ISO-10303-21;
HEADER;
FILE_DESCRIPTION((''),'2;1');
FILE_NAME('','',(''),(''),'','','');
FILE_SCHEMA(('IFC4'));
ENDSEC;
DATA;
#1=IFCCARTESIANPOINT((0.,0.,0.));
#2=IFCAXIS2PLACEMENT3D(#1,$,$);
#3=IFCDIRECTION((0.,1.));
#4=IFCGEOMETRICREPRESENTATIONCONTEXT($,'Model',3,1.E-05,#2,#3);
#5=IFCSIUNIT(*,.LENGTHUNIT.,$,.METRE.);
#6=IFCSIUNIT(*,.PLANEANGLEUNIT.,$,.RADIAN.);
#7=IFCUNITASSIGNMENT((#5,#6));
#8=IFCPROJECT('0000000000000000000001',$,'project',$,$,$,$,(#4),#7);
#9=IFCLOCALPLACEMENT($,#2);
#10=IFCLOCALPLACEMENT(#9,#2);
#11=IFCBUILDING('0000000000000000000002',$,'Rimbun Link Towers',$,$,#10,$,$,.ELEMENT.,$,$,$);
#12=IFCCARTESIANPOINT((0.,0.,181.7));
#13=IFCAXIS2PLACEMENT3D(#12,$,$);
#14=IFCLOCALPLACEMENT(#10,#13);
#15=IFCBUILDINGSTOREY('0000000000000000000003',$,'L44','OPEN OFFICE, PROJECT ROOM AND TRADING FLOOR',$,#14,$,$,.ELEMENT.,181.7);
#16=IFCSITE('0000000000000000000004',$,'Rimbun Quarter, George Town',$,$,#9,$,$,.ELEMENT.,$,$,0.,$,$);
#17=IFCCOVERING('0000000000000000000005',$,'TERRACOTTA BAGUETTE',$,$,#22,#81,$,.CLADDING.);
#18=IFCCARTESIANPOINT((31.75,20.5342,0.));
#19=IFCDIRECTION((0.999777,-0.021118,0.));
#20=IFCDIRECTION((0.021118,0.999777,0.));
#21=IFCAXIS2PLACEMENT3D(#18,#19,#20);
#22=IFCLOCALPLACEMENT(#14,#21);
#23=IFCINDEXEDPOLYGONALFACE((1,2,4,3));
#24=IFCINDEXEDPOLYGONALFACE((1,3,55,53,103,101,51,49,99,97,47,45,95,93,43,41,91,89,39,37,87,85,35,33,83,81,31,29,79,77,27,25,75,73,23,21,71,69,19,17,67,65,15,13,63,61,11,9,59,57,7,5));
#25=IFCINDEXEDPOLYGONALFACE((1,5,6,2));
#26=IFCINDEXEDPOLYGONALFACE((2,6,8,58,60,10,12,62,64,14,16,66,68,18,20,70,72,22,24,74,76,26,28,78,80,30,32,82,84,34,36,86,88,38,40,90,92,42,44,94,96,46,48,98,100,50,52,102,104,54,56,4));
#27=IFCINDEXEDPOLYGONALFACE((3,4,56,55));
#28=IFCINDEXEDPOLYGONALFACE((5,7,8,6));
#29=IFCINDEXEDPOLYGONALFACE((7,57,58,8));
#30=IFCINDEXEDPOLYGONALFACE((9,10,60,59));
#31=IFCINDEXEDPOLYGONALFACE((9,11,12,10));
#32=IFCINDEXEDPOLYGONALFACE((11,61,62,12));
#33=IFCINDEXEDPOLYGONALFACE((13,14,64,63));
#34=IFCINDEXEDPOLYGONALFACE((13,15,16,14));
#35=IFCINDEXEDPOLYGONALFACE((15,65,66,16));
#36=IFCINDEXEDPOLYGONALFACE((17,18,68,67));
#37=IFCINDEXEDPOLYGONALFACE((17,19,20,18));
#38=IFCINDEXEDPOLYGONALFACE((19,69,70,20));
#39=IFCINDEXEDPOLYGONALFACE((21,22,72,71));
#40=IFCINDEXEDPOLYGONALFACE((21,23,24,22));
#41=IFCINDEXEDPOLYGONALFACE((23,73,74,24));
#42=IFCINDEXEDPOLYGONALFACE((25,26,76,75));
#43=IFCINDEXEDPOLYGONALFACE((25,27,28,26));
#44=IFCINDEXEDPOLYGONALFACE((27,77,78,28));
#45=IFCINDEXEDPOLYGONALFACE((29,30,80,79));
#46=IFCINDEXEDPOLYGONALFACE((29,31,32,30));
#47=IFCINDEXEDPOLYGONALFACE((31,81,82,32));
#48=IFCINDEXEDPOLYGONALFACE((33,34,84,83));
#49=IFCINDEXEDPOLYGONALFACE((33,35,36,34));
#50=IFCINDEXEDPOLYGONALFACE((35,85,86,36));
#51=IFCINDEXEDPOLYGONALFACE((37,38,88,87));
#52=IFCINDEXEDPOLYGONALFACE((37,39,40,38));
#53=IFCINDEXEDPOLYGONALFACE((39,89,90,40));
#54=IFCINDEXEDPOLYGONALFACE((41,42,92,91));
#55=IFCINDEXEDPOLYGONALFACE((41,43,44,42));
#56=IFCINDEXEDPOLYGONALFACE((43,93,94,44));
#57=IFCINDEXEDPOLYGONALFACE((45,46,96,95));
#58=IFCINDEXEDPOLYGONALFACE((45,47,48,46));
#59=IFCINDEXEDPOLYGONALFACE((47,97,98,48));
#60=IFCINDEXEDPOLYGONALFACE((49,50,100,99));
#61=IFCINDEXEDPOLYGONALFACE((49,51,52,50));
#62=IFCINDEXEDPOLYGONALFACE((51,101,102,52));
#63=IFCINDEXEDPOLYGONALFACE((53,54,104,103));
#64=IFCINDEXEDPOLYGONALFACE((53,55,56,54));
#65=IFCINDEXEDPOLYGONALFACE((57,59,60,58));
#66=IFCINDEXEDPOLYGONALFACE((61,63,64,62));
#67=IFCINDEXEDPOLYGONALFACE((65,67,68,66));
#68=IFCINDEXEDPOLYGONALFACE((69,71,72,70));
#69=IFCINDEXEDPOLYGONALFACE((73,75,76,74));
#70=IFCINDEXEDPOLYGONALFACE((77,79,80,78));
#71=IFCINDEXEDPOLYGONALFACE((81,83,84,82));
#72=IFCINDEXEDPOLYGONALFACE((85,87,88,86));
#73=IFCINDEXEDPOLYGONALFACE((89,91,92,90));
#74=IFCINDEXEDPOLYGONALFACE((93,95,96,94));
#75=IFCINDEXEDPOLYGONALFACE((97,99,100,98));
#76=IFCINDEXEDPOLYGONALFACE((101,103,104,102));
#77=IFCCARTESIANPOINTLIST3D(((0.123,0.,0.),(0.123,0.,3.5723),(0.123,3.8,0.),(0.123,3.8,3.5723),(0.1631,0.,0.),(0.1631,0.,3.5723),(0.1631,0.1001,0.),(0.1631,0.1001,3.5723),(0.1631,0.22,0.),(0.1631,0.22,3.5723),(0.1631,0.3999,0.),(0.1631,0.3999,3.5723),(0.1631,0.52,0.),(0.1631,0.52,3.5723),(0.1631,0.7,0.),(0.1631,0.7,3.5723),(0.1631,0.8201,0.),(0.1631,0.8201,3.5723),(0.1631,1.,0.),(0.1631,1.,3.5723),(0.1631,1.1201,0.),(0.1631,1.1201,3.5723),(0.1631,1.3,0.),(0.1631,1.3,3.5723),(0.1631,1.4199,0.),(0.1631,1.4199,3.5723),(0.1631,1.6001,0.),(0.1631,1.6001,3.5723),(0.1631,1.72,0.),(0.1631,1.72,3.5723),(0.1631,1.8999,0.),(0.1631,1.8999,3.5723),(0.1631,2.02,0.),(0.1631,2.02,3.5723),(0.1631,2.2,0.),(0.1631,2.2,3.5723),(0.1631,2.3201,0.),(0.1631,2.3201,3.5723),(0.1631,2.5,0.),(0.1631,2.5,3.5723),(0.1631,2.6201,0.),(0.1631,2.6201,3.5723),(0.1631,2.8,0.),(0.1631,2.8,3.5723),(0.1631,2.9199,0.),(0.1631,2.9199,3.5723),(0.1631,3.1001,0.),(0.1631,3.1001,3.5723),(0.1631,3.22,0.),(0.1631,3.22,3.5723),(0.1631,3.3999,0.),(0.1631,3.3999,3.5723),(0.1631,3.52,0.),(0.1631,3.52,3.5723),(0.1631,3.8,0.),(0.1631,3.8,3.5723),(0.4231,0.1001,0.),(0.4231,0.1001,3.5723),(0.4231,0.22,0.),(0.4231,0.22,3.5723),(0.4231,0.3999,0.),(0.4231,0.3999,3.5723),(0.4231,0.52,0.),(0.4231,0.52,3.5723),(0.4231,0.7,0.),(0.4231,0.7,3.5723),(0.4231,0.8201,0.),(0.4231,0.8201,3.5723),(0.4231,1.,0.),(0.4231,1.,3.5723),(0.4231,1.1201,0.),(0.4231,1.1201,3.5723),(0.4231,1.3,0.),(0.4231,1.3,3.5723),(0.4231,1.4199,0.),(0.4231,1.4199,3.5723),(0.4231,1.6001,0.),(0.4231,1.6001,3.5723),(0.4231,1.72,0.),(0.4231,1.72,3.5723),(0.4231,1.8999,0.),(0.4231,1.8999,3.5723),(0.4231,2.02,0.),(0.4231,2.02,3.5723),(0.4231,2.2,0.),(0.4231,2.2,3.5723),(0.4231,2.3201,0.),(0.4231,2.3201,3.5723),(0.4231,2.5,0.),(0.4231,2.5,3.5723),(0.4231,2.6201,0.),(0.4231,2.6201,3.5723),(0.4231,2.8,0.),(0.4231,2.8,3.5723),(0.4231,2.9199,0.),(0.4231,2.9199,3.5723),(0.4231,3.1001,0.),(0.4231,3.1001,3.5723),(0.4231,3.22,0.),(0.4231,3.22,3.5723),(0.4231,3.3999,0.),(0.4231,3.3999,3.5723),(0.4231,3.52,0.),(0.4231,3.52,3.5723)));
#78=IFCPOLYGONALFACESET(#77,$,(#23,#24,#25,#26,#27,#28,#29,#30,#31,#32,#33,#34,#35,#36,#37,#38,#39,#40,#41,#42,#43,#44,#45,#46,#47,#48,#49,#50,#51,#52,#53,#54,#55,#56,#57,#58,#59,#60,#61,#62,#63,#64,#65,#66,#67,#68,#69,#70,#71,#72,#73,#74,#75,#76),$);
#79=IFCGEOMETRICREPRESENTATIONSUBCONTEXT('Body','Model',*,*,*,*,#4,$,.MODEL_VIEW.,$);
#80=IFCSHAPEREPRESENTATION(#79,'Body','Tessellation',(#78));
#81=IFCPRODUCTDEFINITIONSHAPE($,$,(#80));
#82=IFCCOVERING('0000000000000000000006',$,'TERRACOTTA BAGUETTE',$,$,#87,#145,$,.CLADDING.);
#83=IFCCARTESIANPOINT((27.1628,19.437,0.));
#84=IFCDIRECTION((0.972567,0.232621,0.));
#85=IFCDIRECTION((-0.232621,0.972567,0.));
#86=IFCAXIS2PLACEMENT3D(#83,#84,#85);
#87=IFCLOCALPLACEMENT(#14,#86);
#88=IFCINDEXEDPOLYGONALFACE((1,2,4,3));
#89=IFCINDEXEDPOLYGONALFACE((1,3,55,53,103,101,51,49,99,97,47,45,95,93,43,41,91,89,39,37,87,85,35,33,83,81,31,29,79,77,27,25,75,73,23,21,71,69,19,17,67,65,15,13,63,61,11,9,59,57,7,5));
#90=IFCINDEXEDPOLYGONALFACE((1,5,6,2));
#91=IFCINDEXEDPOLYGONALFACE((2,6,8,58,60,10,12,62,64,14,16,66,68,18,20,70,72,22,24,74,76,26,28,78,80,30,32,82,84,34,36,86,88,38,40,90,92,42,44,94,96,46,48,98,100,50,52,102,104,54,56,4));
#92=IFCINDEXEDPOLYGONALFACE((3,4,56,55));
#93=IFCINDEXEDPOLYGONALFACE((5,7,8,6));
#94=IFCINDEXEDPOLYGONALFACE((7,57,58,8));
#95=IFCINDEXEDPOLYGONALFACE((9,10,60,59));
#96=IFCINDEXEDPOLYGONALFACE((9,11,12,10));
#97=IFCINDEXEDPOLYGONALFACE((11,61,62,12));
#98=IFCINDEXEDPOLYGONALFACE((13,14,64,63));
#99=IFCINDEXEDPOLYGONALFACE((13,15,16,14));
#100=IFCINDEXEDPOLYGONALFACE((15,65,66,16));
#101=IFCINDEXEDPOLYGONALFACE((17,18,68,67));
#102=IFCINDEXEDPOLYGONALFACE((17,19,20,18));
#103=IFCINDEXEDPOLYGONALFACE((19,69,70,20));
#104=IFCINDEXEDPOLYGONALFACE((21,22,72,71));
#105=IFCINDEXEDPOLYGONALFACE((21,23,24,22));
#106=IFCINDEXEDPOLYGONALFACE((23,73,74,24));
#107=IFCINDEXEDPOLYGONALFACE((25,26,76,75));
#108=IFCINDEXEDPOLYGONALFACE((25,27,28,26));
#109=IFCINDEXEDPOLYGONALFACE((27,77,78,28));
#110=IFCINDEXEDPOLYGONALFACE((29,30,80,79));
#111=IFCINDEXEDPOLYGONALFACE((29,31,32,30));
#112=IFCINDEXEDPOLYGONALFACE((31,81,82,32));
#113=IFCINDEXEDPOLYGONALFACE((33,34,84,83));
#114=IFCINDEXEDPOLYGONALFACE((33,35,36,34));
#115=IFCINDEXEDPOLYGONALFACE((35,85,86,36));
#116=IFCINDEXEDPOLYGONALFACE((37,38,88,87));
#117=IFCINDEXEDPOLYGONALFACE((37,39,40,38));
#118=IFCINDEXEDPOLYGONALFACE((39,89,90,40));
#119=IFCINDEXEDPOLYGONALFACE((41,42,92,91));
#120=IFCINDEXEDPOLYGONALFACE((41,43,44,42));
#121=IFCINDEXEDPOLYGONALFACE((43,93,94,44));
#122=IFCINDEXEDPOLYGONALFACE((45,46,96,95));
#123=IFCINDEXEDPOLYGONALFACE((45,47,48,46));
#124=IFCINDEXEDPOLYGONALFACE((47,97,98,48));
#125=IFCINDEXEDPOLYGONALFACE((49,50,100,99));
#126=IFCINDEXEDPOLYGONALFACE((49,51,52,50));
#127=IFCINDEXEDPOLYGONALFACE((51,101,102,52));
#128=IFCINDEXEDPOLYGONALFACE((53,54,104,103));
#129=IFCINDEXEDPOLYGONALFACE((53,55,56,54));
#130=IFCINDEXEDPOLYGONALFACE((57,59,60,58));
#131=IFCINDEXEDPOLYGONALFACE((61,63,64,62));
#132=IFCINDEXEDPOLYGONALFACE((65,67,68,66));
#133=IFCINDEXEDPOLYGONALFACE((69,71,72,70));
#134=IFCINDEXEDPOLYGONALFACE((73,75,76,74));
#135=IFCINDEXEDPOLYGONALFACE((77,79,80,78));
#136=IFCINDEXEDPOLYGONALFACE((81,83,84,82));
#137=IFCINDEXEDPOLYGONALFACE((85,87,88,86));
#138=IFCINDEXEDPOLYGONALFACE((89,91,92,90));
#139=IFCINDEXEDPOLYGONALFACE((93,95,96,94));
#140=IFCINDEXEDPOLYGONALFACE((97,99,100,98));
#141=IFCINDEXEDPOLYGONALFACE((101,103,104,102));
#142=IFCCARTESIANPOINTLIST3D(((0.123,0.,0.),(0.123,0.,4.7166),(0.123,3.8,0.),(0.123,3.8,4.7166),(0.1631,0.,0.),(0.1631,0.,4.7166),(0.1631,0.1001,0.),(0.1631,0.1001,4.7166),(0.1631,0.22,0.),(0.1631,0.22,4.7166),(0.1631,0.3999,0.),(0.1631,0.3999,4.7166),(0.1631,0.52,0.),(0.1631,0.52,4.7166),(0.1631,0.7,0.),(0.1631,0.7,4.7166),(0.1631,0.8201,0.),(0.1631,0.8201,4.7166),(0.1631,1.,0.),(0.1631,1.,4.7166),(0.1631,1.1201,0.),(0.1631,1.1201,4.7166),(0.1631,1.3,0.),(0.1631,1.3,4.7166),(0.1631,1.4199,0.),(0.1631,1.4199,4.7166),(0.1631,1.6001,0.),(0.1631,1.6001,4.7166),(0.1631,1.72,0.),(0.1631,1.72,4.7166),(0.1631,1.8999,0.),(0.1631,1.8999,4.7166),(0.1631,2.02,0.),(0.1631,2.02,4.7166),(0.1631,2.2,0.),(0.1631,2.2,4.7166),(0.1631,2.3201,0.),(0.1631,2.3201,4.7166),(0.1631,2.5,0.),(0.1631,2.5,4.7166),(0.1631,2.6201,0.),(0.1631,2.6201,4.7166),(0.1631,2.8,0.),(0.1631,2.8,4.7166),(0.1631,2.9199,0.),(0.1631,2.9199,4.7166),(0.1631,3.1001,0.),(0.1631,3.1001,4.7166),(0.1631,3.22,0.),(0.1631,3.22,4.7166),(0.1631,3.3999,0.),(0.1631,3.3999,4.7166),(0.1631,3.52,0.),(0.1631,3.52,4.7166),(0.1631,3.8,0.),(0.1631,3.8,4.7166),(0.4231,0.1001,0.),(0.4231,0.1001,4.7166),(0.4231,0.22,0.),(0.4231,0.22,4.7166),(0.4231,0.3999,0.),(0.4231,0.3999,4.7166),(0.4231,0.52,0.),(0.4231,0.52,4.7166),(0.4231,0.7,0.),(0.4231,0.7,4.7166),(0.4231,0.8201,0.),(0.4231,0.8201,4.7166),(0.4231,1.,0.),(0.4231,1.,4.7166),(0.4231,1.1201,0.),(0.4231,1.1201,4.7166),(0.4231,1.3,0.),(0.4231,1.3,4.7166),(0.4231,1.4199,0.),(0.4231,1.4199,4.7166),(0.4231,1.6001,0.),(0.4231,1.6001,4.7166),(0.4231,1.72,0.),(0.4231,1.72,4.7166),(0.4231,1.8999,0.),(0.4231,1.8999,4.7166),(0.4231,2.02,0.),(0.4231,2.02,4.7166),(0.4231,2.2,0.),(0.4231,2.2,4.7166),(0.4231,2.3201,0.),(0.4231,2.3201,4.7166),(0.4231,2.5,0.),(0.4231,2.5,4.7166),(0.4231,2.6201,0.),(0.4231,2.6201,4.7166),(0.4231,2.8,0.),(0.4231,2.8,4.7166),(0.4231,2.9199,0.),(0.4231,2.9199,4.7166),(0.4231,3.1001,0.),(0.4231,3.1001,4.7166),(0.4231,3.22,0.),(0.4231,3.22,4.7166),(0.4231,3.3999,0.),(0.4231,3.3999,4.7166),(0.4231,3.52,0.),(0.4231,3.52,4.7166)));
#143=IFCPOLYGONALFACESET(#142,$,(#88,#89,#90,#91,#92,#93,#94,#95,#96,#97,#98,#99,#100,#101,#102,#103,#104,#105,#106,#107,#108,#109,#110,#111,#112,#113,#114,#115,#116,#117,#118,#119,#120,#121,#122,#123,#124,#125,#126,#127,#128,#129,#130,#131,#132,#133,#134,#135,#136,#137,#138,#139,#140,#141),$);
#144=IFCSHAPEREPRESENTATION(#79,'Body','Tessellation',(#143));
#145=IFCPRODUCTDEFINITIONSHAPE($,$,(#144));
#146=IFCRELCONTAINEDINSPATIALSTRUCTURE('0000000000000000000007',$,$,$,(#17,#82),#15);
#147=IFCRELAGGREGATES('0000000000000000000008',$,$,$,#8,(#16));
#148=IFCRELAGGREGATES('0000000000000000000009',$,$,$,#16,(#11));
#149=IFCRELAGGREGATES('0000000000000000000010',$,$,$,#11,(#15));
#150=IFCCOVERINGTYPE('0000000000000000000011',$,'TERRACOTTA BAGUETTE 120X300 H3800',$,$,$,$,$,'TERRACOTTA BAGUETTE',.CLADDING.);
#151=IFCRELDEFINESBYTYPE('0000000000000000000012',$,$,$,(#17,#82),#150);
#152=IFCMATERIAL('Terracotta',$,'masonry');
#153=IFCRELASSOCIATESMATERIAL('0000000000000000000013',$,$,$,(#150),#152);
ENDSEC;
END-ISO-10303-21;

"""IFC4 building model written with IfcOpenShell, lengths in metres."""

from ifc_helpers import new_model, si_unit, direction, frame, origin, place, context, subcontext, project, spatial, polyline, outline, extrude, material, material_profile, profile_set, type_object, element, save


model = new_model("IFC4")

# Units and contexts
model_context = context("Model", 3, precision=1e-05, world=origin(), true_north=direction((0.0, 1.0)))
body_context = subcontext(model_context, "Body", "Model", "MODEL_VIEW")
ifc_project = project(units=[si_unit("LENGTHUNIT", "METRE"), si_unit("PLANEANGLEUNIT", "RADIAN")], contexts=[model_context])

# Site, building, storey
site_placement = place(None, origin())
site = spatial("IfcSite", under=ifc_project, at=site_placement, Name="Rimbun Quarter, George Town", CompositionType="ELEMENT", RefElevation=0.0)
building_placement = place(site_placement, origin())
building = spatial("IfcBuilding", under=site, at=building_placement, Name="Rimbun Link Towers", CompositionType="ELEMENT")
storey_placement = place(building_placement, frame((0.0, 0.0, 181.7)))
storey = spatial("IfcBuildingStorey", under=building, at=storey_placement, Name="L44", Description="OPEN OFFICE, PROJECT ROOM AND TRADING FLOOR", CompositionType="ELEMENT", Elevation=181.7)

# Coverings
ifc_material_1 = material(Name="Terracotta", Category="masonry")
ifc_material_profile_1 = material_profile(ifc_material_1, outline(polyline([(0.123, 0.0), (0.1631, 0.0), (0.1631, 0.1001), (0.4231, 0.1001), (0.4231, 0.22), (0.1631, 0.22), (0.1631, 0.3999), (0.4231, 0.3999), (0.4231, 0.52), (0.1631, 0.52), (0.1631, 0.7), (0.4231, 0.7), (0.4231, 0.8201), (0.1631, 0.8201), (0.1631, 1.0), (0.4231, 1.0), (0.4231, 1.1201), (0.1631, 1.1201), (0.1631, 1.3), (0.4231, 1.3), (0.4231, 1.4199), (0.1631, 1.4199), (0.1631, 1.6001), (0.4231, 1.6001), (0.4231, 1.72), (0.1631, 1.72), (0.1631, 1.8999), (0.4231, 1.8999), (0.4231, 2.02), (0.1631, 2.02), (0.1631, 2.2), (0.4231, 2.2), (0.4231, 2.3201), (0.1631, 2.3201), (0.1631, 2.5), (0.4231, 2.5), (0.4231, 2.6201), (0.1631, 2.6201), (0.1631, 2.8), (0.4231, 2.8), (0.4231, 2.9199), (0.1631, 2.9199), (0.1631, 3.1001), (0.4231, 3.1001), (0.4231, 3.22), (0.1631, 3.22), (0.1631, 3.3999), (0.4231, 3.3999), (0.4231, 3.52), (0.1631, 3.52), (0.1631, 3.8), (0.123, 3.8), (0.123, 0.0)])), Name="BAGUETTE 120X300")
ifc_profile_set_1 = profile_set([ifc_material_profile_1], Name="Terracotta")
covering_type = type_object("IfcCoveringType", Name="TERRACOTTA BAGUETTE 120X300 H3800", ElementType="TERRACOTTA BAGUETTE", PredefinedType="CLADDING", material=ifc_profile_set_1)
covering_1_placement = place(storey_placement, frame((31.75, 20.5342, 0.0), z_axis=(0.999777, -0.021118, 0.0), x_axis=(0.021118, 0.999777, 0.0)))
element("IfcCovering", 1, at=covering_1_placement, inside=storey, type_object=covering_type, Name="TERRACOTTA BAGUETTE", PredefinedType="CLADDING", context=body_context, shape_type="SweptSolid", body=[
    extrude(outline(polyline([(0.123, 0.0), (0.1631, 0.0), (0.1631, 0.1001), (0.4231, 0.1001), (0.4231, 0.22), (0.1631, 0.22), (0.1631, 0.3999), (0.4231, 0.3999), (0.4231, 0.52), (0.1631, 0.52), (0.1631, 0.7), (0.4231, 0.7), (0.4231, 0.8201), (0.1631, 0.8201), (0.1631, 1.0), (0.4231, 1.0), (0.4231, 1.1201), (0.1631, 1.1201), (0.1631, 1.3), (0.4231, 1.3), (0.4231, 1.4199), (0.1631, 1.4199), (0.1631, 1.6001), (0.4231, 1.6001), (0.4231, 1.72), (0.1631, 1.72), (0.1631, 1.8999), (0.4231, 1.8999), (0.4231, 2.02), (0.1631, 2.02), (0.1631, 2.2), (0.4231, 2.2), (0.4231, 2.3201), (0.1631, 2.3201), (0.1631, 2.5), (0.4231, 2.5), (0.4231, 2.6201), (0.1631, 2.6201), (0.1631, 2.8), (0.4231, 2.8), (0.4231, 2.9199), (0.1631, 2.9199), (0.1631, 3.1001), (0.4231, 3.1001), (0.4231, 3.22), (0.1631, 3.22), (0.1631, 3.3999), (0.4231, 3.3999), (0.4231, 3.52), (0.1631, 3.52), (0.1631, 3.8), (0.123, 3.8), (0.123, 0.0)])), origin(), (0.0, 0.0, 1.0), 3.5723),
])
covering_2_placement = place(storey_placement, frame((27.1628, 19.437, 0.0), z_axis=(0.972567, 0.232621, 0.0), x_axis=(-0.232621, 0.972567, 0.0)))
element("IfcCovering", 2, at=covering_2_placement, inside=storey, type_object=covering_type, Name="TERRACOTTA BAGUETTE", PredefinedType="CLADDING", context=body_context, shape_type="SweptSolid", body=[
    extrude(outline(polyline([(0.123, 0.0), (0.1631, 0.0), (0.1631, 0.1001), (0.4231, 0.1001), (0.4231, 0.22), (0.1631, 0.22), (0.1631, 0.3999), (0.4231, 0.3999), (0.4231, 0.52), (0.1631, 0.52), (0.1631, 0.7), (0.4231, 0.7), (0.4231, 0.8201), (0.1631, 0.8201), (0.1631, 1.0), (0.4231, 1.0), (0.4231, 1.1201), (0.1631, 1.1201), (0.1631, 1.3), (0.4231, 1.3), (0.4231, 1.4199), (0.1631, 1.4199), (0.1631, 1.6001), (0.4231, 1.6001), (0.4231, 1.72), (0.1631, 1.72), (0.1631, 1.8999), (0.4231, 1.8999), (0.4231, 2.02), (0.1631, 2.02), (0.1631, 2.2), (0.4231, 2.2), (0.4231, 2.3201), (0.1631, 2.3201), (0.1631, 2.5), (0.4231, 2.5), (0.4231, 2.6201), (0.1631, 2.6201), (0.1631, 2.8), (0.4231, 2.8), (0.4231, 2.9199), (0.1631, 2.9199), (0.1631, 3.1001), (0.4231, 3.1001), (0.4231, 3.22), (0.1631, 3.22), (0.1631, 3.3999), (0.4231, 3.3999), (0.4231, 3.52), (0.1631, 3.52), (0.1631, 3.8), (0.123, 3.8), (0.123, 0.0)])), origin(), (0.0, 0.0, 1.0), 4.7166),
])

save(model, "model.ifc")
